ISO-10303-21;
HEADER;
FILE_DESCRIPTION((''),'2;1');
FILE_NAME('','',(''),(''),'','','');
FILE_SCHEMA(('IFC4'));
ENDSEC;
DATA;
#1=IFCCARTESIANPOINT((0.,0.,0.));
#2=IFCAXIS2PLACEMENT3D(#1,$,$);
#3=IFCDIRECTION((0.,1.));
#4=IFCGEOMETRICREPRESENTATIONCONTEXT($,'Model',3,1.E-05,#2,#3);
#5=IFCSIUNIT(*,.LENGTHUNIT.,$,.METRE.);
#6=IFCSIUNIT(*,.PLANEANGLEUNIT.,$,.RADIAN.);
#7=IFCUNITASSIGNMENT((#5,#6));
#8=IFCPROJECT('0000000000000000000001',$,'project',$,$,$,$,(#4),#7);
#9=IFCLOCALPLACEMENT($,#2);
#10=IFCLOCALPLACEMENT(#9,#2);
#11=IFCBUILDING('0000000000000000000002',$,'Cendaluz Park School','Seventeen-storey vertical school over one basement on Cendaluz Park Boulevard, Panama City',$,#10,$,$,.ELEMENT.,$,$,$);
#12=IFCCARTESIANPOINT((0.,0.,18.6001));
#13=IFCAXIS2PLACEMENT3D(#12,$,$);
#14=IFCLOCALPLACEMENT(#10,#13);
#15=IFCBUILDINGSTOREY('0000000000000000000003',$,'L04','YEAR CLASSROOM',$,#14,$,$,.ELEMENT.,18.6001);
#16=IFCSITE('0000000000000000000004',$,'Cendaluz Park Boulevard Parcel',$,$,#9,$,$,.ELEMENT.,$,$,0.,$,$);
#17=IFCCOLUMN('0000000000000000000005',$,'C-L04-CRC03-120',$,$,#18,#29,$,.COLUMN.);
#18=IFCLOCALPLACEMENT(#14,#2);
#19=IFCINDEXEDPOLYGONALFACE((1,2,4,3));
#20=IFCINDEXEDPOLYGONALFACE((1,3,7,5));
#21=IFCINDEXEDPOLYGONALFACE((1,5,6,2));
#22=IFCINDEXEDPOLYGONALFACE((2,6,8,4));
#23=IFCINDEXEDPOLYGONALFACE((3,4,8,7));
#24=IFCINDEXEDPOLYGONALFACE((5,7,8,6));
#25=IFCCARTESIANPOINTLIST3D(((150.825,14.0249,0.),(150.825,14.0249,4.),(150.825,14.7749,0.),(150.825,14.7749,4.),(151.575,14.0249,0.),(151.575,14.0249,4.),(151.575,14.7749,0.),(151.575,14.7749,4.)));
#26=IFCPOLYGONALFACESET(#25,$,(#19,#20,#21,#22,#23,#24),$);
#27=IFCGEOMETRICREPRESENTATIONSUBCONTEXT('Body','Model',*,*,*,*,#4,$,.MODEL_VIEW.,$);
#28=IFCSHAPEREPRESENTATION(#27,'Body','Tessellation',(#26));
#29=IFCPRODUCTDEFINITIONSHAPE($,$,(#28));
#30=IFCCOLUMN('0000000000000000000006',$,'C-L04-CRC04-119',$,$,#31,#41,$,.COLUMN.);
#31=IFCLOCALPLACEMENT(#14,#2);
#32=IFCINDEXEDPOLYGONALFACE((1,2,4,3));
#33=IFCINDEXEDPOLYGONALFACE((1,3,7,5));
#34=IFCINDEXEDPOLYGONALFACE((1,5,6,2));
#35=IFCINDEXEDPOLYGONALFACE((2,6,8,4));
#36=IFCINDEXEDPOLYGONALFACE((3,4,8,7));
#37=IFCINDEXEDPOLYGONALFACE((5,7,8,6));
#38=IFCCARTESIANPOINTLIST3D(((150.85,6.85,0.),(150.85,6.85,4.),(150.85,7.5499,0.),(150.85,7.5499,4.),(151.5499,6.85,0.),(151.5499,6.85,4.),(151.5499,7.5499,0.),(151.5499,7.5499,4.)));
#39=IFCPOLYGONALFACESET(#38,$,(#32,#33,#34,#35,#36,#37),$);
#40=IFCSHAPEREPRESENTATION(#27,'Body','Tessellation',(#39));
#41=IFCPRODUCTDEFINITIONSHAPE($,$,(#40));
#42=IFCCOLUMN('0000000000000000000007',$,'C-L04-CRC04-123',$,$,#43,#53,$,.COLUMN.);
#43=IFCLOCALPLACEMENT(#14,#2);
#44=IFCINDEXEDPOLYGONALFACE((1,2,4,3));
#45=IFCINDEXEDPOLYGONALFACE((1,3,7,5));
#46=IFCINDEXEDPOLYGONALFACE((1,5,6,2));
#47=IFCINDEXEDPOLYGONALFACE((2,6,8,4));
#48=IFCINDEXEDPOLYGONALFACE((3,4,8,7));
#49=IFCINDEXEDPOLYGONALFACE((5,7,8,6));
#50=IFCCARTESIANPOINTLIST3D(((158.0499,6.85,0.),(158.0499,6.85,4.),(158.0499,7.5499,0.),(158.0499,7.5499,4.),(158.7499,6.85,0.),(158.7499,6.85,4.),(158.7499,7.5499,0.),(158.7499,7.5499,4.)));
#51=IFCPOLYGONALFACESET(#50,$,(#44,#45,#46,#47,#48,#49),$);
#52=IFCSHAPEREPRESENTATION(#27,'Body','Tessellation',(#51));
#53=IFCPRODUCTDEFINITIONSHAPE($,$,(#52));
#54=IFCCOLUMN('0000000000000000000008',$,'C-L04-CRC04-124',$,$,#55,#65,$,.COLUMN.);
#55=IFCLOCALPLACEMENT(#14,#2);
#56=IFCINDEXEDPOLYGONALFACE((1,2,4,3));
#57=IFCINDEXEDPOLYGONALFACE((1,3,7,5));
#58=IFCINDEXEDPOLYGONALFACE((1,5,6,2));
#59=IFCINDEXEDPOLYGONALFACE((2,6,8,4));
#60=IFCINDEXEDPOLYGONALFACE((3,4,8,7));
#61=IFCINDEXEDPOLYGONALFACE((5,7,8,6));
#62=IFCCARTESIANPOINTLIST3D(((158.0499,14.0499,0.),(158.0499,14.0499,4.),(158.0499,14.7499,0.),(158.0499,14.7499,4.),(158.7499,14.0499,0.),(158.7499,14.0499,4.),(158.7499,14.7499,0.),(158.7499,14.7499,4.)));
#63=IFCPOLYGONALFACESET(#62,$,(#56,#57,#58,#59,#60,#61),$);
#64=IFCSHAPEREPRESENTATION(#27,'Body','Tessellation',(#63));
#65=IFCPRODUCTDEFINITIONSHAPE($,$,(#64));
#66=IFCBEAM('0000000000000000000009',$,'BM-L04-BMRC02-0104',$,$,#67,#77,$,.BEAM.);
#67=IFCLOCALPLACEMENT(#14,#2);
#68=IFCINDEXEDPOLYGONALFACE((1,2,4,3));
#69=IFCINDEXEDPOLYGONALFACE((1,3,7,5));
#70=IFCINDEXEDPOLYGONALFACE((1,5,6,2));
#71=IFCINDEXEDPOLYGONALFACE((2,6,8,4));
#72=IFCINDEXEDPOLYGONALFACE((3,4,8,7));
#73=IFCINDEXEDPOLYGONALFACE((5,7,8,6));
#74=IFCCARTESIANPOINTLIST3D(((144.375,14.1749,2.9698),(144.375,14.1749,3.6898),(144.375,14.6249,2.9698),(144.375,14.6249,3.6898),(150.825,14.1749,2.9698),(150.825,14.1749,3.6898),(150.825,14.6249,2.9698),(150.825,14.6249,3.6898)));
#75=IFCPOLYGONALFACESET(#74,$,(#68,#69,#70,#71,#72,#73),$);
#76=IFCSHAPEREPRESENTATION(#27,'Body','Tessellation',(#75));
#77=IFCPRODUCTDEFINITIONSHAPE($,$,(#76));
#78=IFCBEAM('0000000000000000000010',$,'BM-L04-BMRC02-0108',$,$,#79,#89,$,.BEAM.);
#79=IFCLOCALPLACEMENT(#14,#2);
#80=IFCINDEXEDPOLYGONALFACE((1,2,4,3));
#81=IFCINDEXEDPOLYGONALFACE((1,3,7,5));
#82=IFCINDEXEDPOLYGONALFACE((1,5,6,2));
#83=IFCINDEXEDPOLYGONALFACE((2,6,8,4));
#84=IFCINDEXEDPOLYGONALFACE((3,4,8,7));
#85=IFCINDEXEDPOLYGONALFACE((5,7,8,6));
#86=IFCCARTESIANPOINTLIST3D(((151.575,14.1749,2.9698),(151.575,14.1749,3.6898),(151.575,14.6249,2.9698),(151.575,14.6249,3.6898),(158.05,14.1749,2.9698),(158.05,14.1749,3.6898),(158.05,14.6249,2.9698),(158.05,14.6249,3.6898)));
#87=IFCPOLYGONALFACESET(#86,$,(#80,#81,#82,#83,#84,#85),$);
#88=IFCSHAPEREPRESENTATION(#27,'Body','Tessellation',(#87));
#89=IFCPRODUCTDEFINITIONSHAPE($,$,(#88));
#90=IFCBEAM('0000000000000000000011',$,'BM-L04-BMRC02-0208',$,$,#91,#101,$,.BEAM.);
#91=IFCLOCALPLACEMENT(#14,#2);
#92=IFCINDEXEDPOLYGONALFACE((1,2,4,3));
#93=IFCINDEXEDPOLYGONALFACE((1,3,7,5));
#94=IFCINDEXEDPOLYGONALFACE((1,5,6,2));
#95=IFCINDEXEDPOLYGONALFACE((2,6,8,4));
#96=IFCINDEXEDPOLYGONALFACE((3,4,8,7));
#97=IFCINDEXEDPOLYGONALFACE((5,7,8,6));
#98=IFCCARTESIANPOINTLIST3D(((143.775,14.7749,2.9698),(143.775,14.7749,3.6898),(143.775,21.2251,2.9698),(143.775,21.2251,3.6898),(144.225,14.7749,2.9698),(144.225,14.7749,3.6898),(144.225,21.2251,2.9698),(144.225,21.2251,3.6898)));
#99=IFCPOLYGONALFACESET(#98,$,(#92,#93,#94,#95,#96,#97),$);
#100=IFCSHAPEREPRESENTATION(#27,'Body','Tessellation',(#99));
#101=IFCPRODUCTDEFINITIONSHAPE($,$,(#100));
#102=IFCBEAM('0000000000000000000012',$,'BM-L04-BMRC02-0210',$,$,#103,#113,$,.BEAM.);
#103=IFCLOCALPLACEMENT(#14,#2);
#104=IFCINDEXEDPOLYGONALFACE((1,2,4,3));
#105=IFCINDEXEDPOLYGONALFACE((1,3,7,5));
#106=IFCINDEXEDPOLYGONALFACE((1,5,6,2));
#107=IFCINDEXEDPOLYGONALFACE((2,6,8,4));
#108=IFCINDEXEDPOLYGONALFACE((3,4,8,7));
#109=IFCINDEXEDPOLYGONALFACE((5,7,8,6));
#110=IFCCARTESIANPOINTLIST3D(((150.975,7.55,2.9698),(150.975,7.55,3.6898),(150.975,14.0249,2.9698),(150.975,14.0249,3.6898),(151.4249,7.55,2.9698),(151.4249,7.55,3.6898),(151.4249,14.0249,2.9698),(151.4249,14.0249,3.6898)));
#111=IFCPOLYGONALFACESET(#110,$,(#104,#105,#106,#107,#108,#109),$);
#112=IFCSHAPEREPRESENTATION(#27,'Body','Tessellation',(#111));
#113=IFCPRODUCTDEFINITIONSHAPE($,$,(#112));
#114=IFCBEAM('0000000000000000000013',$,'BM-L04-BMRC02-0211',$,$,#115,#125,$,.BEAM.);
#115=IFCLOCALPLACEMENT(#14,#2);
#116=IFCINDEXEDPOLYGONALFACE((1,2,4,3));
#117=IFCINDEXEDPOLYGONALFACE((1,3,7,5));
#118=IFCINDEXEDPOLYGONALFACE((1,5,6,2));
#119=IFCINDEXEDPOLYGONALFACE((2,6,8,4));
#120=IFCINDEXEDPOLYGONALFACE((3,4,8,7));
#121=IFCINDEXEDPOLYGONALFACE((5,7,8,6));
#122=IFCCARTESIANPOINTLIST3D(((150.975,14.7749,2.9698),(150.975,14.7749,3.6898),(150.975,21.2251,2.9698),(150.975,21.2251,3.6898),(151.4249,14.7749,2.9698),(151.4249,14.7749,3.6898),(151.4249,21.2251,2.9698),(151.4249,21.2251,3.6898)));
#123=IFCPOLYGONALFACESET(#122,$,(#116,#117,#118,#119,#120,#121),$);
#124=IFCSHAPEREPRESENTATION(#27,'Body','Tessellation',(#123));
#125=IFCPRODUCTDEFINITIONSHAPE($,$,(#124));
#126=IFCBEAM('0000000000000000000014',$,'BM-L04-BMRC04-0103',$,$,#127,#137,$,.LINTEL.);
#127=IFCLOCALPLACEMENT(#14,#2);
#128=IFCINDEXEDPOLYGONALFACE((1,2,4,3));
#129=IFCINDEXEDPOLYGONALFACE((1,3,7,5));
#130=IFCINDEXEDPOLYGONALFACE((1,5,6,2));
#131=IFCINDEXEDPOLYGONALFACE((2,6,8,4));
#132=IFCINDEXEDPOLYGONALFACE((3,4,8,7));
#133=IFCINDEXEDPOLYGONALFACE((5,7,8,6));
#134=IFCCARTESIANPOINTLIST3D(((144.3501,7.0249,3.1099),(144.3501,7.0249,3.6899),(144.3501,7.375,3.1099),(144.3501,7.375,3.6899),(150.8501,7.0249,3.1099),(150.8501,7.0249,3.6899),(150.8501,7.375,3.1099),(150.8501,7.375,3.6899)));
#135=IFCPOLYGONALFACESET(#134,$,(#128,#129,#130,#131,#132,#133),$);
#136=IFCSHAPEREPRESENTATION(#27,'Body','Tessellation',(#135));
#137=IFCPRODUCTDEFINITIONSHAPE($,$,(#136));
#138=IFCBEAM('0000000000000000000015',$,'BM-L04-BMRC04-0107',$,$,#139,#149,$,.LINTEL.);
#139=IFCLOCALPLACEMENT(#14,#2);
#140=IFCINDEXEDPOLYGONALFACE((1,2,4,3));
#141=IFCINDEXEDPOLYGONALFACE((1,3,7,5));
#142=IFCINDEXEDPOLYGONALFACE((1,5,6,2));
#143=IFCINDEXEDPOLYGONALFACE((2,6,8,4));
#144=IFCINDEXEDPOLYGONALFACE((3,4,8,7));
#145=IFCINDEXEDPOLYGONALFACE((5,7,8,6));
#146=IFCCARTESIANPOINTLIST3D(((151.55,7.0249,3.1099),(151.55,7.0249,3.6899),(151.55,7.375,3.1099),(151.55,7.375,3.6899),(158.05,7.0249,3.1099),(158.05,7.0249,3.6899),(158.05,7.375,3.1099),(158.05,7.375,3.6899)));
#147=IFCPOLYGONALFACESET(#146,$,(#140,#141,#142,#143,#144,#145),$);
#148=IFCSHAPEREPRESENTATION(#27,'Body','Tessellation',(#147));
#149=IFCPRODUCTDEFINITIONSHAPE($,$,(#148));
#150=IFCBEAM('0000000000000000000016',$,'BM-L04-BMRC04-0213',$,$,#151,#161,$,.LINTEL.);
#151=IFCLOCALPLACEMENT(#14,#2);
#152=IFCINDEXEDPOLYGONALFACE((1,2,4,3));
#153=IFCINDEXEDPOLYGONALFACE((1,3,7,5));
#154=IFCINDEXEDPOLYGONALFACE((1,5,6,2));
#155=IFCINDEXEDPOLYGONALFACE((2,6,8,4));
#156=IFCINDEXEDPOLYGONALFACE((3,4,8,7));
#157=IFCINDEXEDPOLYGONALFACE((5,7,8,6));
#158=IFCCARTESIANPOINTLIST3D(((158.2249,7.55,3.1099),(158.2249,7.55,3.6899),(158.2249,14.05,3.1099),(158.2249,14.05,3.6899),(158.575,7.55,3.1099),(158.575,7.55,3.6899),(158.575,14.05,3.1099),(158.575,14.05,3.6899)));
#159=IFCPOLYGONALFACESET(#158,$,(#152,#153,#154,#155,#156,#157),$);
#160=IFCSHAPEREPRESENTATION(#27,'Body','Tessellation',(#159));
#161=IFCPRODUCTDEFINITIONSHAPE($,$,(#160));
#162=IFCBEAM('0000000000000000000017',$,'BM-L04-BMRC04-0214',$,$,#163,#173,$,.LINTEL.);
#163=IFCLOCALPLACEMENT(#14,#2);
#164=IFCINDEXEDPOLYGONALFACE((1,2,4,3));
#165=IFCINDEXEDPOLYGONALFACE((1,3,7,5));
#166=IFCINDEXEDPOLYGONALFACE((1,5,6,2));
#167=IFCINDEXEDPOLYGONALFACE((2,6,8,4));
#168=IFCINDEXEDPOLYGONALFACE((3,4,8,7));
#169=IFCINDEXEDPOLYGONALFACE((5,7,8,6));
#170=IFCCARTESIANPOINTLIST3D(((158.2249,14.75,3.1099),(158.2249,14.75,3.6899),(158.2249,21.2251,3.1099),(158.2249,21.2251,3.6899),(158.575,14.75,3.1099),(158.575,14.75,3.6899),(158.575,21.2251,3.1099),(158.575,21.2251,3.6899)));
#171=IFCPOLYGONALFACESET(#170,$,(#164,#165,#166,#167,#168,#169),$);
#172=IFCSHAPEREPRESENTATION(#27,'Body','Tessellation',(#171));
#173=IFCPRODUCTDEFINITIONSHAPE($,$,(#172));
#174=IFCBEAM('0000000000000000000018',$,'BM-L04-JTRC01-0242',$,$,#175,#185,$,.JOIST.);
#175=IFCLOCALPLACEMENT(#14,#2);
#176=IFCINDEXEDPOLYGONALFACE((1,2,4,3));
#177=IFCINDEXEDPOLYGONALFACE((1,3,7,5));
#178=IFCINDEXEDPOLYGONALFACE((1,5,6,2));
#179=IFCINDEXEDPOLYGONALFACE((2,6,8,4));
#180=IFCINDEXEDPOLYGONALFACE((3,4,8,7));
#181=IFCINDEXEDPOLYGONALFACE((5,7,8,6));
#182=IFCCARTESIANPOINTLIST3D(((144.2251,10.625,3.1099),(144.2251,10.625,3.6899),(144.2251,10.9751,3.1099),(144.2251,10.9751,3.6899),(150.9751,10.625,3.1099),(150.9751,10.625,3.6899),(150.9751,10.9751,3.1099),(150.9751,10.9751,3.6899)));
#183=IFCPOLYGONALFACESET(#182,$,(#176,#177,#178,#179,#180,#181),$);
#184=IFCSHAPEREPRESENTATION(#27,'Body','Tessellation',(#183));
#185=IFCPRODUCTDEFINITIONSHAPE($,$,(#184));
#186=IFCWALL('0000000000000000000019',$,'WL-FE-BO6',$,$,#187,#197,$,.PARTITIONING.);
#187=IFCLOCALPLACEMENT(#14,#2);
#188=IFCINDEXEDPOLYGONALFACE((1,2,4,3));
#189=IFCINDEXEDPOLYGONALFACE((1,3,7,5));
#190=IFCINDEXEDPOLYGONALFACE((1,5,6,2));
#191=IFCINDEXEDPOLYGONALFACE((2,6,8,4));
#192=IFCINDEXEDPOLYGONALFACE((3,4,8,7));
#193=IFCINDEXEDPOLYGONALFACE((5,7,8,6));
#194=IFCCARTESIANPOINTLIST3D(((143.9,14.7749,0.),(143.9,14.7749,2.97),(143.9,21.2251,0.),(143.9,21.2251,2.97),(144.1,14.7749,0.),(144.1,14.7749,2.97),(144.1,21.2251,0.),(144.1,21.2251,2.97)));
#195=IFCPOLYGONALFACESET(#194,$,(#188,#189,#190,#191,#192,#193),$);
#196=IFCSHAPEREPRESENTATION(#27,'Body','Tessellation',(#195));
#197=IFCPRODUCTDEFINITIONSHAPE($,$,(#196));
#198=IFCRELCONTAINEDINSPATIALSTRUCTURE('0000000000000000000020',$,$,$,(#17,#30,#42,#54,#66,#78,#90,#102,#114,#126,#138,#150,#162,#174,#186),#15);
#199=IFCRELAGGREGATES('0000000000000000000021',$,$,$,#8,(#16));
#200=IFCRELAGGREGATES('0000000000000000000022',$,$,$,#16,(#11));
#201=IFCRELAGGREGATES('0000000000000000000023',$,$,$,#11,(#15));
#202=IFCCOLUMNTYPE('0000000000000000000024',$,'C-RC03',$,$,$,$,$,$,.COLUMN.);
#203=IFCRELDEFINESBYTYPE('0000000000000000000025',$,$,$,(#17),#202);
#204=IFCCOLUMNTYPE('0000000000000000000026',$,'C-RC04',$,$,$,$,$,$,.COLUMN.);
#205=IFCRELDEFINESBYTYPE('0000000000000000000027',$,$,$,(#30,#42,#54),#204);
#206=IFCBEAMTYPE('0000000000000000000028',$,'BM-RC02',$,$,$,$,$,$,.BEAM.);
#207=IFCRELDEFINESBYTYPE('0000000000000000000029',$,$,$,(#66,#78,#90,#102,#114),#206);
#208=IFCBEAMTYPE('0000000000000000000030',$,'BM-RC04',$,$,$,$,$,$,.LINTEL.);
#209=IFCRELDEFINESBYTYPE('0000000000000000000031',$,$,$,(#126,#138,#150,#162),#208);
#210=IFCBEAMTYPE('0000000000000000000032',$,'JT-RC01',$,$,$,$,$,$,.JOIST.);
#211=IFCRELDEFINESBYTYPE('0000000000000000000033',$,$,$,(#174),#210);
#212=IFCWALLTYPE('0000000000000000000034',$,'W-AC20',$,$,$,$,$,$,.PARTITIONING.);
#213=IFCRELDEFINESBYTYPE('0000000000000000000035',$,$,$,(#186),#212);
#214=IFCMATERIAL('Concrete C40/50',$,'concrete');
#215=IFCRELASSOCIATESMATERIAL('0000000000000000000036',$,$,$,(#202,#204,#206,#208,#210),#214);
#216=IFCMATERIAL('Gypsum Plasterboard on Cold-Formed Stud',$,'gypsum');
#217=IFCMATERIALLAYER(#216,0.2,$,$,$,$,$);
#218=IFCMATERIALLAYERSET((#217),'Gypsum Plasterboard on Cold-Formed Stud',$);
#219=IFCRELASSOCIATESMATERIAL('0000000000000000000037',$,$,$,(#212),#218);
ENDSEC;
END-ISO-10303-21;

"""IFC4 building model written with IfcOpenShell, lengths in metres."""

from ifc_helpers import new_model, si_unit, direction, frame, frame_2d, origin, origin_2d, place, context, subcontext, project, spatial, rectangle, extrude, material, layer, layer_set, material_profile, profile_set, type_object, element, save


model = new_model("IFC4")

# Units and contexts
model_context = context("Model", 3, precision=1e-05, world=origin(), true_north=direction((0.0, 1.0)))
body_context = subcontext(model_context, "Body", "Model", "MODEL_VIEW")
ifc_project = project(units=[si_unit("LENGTHUNIT", "METRE"), si_unit("PLANEANGLEUNIT", "RADIAN")], contexts=[model_context])

# Site, building, storey
site_placement = place(None, origin())
site = spatial("IfcSite", under=ifc_project, at=site_placement, Name="Cendaluz Park Boulevard Parcel", CompositionType="ELEMENT", RefElevation=0.0)
building_placement = place(site_placement, origin())
building = spatial("IfcBuilding", under=site, at=building_placement, Name="Cendaluz Park School", Description="Seventeen-storey vertical school over one basement on Cendaluz Park Boulevard, Panama City", CompositionType="ELEMENT")
storey_placement = place(building_placement, frame((0.0, 0.0, 18.6001)))
storey = spatial("IfcBuildingStorey", under=building, at=storey_placement, Name="L04", Description="YEAR CLASSROOM", CompositionType="ELEMENT", Elevation=18.6001)

# Columns
ifc_material_1 = material(Name="Concrete C40/50", Category="concrete")
ifc_material_profile_1 = material_profile(ifc_material_1, rectangle(XDim=0.75, YDim=0.75, at=origin_2d()), Name="RC 750x750", Category="concrete")
ifc_profile_set_1 = profile_set([ifc_material_profile_1], Name="Concrete C40/50")
column_type_1 = type_object("IfcColumnType", Name="C-RC03", PredefinedType="COLUMN", material=ifc_profile_set_1)
column_placement = place(storey_placement, frame((151.2, 14.3999, 0.0), z_axis=(0.0, 0.0, 1.0), x_axis=(1.0, 0.0, 0.0)))
element("IfcColumn", 1, at=column_placement, inside=storey, type_object=column_type_1, Name="C-L04-CRC03-120", PredefinedType="COLUMN", context=body_context, shape_type="SweptSolid", body=[
    extrude(rectangle(XDim=0.75, YDim=0.75, at=origin_2d()), origin(), (0.0, 0.0, 1.0), 4.0),
])
ifc_material_profile_2 = material_profile(ifc_material_1, rectangle(XDim=0.7, YDim=0.7, at=origin_2d()), Name="RC 700x700", Category="concrete")
ifc_profile_set_2 = profile_set([ifc_material_profile_2], Name="Concrete C40/50")
column_type_2 = type_object("IfcColumnType", Name="C-RC04", PredefinedType="COLUMN", material=ifc_profile_set_2)
for number, where, z_axis, x_axis, name in (
    (2, (151.2, 7.2, 0.0), (0.0, 0.0, 1.0), (1.0, 0.0, 0.0), "C-L04-CRC04-119"),
    (3, (158.3999, 7.2, 0.0), (0.0, 0.0, 1.0), (1.0, 0.0, 0.0), "C-L04-CRC04-123"),
    (4, (158.3999, 14.3999, 0.0), (0.0, 0.0, 1.0), (1.0, 0.0, 0.0), "C-L04-CRC04-124"),
):
    element("IfcColumn", number, at=place(storey_placement, frame(where, z_axis=z_axis, x_axis=x_axis)), inside=storey, type_object=column_type_2, Name=name, PredefinedType="COLUMN", context=body_context, shape_type="SweptSolid", body=[
        extrude(rectangle(XDim=0.7, YDim=0.7, at=origin_2d()), origin(), (0.0, 0.0, 1.0), 4.0),
    ])

# Beams
ifc_material_profile_3 = material_profile(ifc_material_1, rectangle(XDim=0.45, YDim=0.72, at=origin_2d()), Name="RC 450x720", Category="concrete")
ifc_profile_set_3 = profile_set([ifc_material_profile_3], Name="Concrete C40/50")
beam_type_1 = type_object("IfcBeamType", Name="BM-RC02", PredefinedType="BEAM", material=ifc_profile_set_3)
beam_1_placement = place(storey_placement, frame((144.375, 14.3999, 3.3298), z_axis=(1.0, 0.0, 0.0), x_axis=(0.0, 1.0, 0.0)))
element("IfcBeam", 5, at=beam_1_placement, inside=storey, type_object=beam_type_1, Name="BM-L04-BMRC02-0104", PredefinedType="BEAM", context=body_context, shape_type="SweptSolid", body=[
    extrude(rectangle(XDim=0.45, YDim=0.72, at=origin_2d()), origin(), (0.0, 0.0, 1.0), 6.45),
])
beam_2_placement = place(storey_placement, frame((151.575, 14.3999, 3.3298), z_axis=(1.0, 0.0, 0.0), x_axis=(0.0, 1.0, 0.0)))
element("IfcBeam", 6, at=beam_2_placement, inside=storey, type_object=beam_type_1, Name="BM-L04-BMRC02-0108", PredefinedType="BEAM", context=body_context, shape_type="SweptSolid", body=[
    extrude(rectangle(XDim=0.45, YDim=0.72, at=origin_2d()), origin(), (0.0, 0.0, 1.0), 6.4751),
])
beam_3_placement = place(storey_placement, frame((144.0, 14.7749, 3.3298), z_axis=(0.0, 1.0, 0.0), x_axis=(-1.0, 0.0, 0.0)))
element("IfcBeam", 7, at=beam_3_placement, inside=storey, type_object=beam_type_1, Name="BM-L04-BMRC02-0208", PredefinedType="BEAM", context=body_context, shape_type="SweptSolid", body=[
    extrude(rectangle(XDim=0.45, YDim=0.72, at=origin_2d()), origin(), (0.0, 0.0, 1.0), 6.4502),
])
beam_4_placement = place(storey_placement, frame((151.2, 7.55, 3.3298), z_axis=(0.0, 1.0, 0.0), x_axis=(-1.0, 0.0, 0.0)))
element("IfcBeam", 8, at=beam_4_placement, inside=storey, type_object=beam_type_1, Name="BM-L04-BMRC02-0210", PredefinedType="BEAM", context=body_context, shape_type="SweptSolid", body=[
    extrude(rectangle(XDim=0.45, YDim=0.72, at=origin_2d()), origin(), (0.0, 0.0, 1.0), 6.4749),
])
beam_5_placement = place(storey_placement, frame((151.2, 14.7749, 3.3298), z_axis=(0.0, 1.0, 0.0), x_axis=(-1.0, 0.0, 0.0)))
element("IfcBeam", 9, at=beam_5_placement, inside=storey, type_object=beam_type_1, Name="BM-L04-BMRC02-0211", PredefinedType="BEAM", context=body_context, shape_type="SweptSolid", body=[
    extrude(rectangle(XDim=0.45, YDim=0.72, at=origin_2d()), origin(), (0.0, 0.0, 1.0), 6.4502),
])
ifc_material_profile_4 = material_profile(ifc_material_1, rectangle(XDim=0.3501, YDim=0.5801, at=origin_2d()), Name="RC 350x580", Category="concrete")
ifc_profile_set_4 = profile_set([ifc_material_profile_4], Name="Concrete C40/50")
beam_type_2 = type_object("IfcBeamType", Name="BM-RC04", PredefinedType="LINTEL", material=ifc_profile_set_4)
for number, where, z_axis, x_axis, name in (
    (10, (144.3501, 7.2, 3.3999), (1.0, 0.0, 0.0), (0.0, 1.0, 0.0), "BM-L04-BMRC04-0103"),
    (11, (151.55, 7.2, 3.3999), (1.0, 0.0, 0.0), (0.0, 1.0, 0.0), "BM-L04-BMRC04-0107"),
    (12, (158.3999, 7.55, 3.3999), (0.0, 1.0, 0.0), (-1.0, 0.0, 0.0), "BM-L04-BMRC04-0213"),
):
    element("IfcBeam", number, at=place(storey_placement, frame(where, z_axis=z_axis, x_axis=x_axis)), inside=storey, type_object=beam_type_2, Name=name, PredefinedType="LINTEL", context=body_context, shape_type="SweptSolid", body=[
        extrude(rectangle(XDim=0.3501, YDim=0.5801, at=origin_2d()), origin(), (0.0, 0.0, 1.0), 6.5),
    ])
beam_6_placement = place(storey_placement, frame((158.3999, 14.75, 3.3999), z_axis=(0.0, 1.0, 0.0), x_axis=(-1.0, 0.0, 0.0)))
element("IfcBeam", 13, at=beam_6_placement, inside=storey, type_object=beam_type_2, Name="BM-L04-BMRC04-0214", PredefinedType="LINTEL", context=body_context, shape_type="SweptSolid", body=[
    extrude(rectangle(XDim=0.3501, YDim=0.5801, at=origin_2d()), origin(), (0.0, 0.0, 1.0), 6.4751),
])
ifc_material_profile_5 = material_profile(ifc_material_1, rectangle(XDim=0.3501, YDim=0.5801, at=origin_2d()), Name="RC 350x580", Category="concrete")
ifc_profile_set_5 = profile_set([ifc_material_profile_5], Name="Concrete C40/50")
beam_type_3 = type_object("IfcBeamType", Name="JT-RC01", PredefinedType="JOIST", material=ifc_profile_set_5)
beam_7_placement = place(storey_placement, frame((144.2251, 10.8, 3.3999), z_axis=(1.0, 0.0, 0.0), x_axis=(0.0, 1.0, 0.0)))
element("IfcBeam", 14, at=beam_7_placement, inside=storey, type_object=beam_type_3, Name="BM-L04-JTRC01-0242", PredefinedType="JOIST", context=body_context, shape_type="SweptSolid", body=[
    extrude(rectangle(XDim=0.3501, YDim=0.5801, at=origin_2d()), origin(), (0.0, 0.0, 1.0), 6.75),
])

# Wall
ifc_material_2 = material(Name="Gypsum Plasterboard on Cold-Formed Stud", Category="gypsum")
ifc_layer_1 = layer(ifc_material_2, 0.2)
ifc_layer_set_1 = layer_set([ifc_layer_1], Name="Gypsum Plasterboard on Cold-Formed Stud")
wall_type_1 = type_object("IfcWallType", Name="W-AC20", PredefinedType="PARTITIONING", material=ifc_layer_set_1)
wall_1_placement = place(storey_placement, frame((144.0, 14.7749, 0.0), z_axis=(0.0, 0.0, 1.0), x_axis=(0.0, 1.0, 0.0)))
element("IfcWall", 15, at=wall_1_placement, inside=storey, type_object=wall_type_1, Name="WL-FE-BO6", PredefinedType="PARTITIONING", context=body_context, shape_type="SweptSolid", body=[
    extrude(rectangle(XDim=6.4502, YDim=0.2, at=frame_2d((3.2251, 0.0))), origin(), (0.0, 0.0, 1.0), 2.97),
])

save(model, "model.ifc")
